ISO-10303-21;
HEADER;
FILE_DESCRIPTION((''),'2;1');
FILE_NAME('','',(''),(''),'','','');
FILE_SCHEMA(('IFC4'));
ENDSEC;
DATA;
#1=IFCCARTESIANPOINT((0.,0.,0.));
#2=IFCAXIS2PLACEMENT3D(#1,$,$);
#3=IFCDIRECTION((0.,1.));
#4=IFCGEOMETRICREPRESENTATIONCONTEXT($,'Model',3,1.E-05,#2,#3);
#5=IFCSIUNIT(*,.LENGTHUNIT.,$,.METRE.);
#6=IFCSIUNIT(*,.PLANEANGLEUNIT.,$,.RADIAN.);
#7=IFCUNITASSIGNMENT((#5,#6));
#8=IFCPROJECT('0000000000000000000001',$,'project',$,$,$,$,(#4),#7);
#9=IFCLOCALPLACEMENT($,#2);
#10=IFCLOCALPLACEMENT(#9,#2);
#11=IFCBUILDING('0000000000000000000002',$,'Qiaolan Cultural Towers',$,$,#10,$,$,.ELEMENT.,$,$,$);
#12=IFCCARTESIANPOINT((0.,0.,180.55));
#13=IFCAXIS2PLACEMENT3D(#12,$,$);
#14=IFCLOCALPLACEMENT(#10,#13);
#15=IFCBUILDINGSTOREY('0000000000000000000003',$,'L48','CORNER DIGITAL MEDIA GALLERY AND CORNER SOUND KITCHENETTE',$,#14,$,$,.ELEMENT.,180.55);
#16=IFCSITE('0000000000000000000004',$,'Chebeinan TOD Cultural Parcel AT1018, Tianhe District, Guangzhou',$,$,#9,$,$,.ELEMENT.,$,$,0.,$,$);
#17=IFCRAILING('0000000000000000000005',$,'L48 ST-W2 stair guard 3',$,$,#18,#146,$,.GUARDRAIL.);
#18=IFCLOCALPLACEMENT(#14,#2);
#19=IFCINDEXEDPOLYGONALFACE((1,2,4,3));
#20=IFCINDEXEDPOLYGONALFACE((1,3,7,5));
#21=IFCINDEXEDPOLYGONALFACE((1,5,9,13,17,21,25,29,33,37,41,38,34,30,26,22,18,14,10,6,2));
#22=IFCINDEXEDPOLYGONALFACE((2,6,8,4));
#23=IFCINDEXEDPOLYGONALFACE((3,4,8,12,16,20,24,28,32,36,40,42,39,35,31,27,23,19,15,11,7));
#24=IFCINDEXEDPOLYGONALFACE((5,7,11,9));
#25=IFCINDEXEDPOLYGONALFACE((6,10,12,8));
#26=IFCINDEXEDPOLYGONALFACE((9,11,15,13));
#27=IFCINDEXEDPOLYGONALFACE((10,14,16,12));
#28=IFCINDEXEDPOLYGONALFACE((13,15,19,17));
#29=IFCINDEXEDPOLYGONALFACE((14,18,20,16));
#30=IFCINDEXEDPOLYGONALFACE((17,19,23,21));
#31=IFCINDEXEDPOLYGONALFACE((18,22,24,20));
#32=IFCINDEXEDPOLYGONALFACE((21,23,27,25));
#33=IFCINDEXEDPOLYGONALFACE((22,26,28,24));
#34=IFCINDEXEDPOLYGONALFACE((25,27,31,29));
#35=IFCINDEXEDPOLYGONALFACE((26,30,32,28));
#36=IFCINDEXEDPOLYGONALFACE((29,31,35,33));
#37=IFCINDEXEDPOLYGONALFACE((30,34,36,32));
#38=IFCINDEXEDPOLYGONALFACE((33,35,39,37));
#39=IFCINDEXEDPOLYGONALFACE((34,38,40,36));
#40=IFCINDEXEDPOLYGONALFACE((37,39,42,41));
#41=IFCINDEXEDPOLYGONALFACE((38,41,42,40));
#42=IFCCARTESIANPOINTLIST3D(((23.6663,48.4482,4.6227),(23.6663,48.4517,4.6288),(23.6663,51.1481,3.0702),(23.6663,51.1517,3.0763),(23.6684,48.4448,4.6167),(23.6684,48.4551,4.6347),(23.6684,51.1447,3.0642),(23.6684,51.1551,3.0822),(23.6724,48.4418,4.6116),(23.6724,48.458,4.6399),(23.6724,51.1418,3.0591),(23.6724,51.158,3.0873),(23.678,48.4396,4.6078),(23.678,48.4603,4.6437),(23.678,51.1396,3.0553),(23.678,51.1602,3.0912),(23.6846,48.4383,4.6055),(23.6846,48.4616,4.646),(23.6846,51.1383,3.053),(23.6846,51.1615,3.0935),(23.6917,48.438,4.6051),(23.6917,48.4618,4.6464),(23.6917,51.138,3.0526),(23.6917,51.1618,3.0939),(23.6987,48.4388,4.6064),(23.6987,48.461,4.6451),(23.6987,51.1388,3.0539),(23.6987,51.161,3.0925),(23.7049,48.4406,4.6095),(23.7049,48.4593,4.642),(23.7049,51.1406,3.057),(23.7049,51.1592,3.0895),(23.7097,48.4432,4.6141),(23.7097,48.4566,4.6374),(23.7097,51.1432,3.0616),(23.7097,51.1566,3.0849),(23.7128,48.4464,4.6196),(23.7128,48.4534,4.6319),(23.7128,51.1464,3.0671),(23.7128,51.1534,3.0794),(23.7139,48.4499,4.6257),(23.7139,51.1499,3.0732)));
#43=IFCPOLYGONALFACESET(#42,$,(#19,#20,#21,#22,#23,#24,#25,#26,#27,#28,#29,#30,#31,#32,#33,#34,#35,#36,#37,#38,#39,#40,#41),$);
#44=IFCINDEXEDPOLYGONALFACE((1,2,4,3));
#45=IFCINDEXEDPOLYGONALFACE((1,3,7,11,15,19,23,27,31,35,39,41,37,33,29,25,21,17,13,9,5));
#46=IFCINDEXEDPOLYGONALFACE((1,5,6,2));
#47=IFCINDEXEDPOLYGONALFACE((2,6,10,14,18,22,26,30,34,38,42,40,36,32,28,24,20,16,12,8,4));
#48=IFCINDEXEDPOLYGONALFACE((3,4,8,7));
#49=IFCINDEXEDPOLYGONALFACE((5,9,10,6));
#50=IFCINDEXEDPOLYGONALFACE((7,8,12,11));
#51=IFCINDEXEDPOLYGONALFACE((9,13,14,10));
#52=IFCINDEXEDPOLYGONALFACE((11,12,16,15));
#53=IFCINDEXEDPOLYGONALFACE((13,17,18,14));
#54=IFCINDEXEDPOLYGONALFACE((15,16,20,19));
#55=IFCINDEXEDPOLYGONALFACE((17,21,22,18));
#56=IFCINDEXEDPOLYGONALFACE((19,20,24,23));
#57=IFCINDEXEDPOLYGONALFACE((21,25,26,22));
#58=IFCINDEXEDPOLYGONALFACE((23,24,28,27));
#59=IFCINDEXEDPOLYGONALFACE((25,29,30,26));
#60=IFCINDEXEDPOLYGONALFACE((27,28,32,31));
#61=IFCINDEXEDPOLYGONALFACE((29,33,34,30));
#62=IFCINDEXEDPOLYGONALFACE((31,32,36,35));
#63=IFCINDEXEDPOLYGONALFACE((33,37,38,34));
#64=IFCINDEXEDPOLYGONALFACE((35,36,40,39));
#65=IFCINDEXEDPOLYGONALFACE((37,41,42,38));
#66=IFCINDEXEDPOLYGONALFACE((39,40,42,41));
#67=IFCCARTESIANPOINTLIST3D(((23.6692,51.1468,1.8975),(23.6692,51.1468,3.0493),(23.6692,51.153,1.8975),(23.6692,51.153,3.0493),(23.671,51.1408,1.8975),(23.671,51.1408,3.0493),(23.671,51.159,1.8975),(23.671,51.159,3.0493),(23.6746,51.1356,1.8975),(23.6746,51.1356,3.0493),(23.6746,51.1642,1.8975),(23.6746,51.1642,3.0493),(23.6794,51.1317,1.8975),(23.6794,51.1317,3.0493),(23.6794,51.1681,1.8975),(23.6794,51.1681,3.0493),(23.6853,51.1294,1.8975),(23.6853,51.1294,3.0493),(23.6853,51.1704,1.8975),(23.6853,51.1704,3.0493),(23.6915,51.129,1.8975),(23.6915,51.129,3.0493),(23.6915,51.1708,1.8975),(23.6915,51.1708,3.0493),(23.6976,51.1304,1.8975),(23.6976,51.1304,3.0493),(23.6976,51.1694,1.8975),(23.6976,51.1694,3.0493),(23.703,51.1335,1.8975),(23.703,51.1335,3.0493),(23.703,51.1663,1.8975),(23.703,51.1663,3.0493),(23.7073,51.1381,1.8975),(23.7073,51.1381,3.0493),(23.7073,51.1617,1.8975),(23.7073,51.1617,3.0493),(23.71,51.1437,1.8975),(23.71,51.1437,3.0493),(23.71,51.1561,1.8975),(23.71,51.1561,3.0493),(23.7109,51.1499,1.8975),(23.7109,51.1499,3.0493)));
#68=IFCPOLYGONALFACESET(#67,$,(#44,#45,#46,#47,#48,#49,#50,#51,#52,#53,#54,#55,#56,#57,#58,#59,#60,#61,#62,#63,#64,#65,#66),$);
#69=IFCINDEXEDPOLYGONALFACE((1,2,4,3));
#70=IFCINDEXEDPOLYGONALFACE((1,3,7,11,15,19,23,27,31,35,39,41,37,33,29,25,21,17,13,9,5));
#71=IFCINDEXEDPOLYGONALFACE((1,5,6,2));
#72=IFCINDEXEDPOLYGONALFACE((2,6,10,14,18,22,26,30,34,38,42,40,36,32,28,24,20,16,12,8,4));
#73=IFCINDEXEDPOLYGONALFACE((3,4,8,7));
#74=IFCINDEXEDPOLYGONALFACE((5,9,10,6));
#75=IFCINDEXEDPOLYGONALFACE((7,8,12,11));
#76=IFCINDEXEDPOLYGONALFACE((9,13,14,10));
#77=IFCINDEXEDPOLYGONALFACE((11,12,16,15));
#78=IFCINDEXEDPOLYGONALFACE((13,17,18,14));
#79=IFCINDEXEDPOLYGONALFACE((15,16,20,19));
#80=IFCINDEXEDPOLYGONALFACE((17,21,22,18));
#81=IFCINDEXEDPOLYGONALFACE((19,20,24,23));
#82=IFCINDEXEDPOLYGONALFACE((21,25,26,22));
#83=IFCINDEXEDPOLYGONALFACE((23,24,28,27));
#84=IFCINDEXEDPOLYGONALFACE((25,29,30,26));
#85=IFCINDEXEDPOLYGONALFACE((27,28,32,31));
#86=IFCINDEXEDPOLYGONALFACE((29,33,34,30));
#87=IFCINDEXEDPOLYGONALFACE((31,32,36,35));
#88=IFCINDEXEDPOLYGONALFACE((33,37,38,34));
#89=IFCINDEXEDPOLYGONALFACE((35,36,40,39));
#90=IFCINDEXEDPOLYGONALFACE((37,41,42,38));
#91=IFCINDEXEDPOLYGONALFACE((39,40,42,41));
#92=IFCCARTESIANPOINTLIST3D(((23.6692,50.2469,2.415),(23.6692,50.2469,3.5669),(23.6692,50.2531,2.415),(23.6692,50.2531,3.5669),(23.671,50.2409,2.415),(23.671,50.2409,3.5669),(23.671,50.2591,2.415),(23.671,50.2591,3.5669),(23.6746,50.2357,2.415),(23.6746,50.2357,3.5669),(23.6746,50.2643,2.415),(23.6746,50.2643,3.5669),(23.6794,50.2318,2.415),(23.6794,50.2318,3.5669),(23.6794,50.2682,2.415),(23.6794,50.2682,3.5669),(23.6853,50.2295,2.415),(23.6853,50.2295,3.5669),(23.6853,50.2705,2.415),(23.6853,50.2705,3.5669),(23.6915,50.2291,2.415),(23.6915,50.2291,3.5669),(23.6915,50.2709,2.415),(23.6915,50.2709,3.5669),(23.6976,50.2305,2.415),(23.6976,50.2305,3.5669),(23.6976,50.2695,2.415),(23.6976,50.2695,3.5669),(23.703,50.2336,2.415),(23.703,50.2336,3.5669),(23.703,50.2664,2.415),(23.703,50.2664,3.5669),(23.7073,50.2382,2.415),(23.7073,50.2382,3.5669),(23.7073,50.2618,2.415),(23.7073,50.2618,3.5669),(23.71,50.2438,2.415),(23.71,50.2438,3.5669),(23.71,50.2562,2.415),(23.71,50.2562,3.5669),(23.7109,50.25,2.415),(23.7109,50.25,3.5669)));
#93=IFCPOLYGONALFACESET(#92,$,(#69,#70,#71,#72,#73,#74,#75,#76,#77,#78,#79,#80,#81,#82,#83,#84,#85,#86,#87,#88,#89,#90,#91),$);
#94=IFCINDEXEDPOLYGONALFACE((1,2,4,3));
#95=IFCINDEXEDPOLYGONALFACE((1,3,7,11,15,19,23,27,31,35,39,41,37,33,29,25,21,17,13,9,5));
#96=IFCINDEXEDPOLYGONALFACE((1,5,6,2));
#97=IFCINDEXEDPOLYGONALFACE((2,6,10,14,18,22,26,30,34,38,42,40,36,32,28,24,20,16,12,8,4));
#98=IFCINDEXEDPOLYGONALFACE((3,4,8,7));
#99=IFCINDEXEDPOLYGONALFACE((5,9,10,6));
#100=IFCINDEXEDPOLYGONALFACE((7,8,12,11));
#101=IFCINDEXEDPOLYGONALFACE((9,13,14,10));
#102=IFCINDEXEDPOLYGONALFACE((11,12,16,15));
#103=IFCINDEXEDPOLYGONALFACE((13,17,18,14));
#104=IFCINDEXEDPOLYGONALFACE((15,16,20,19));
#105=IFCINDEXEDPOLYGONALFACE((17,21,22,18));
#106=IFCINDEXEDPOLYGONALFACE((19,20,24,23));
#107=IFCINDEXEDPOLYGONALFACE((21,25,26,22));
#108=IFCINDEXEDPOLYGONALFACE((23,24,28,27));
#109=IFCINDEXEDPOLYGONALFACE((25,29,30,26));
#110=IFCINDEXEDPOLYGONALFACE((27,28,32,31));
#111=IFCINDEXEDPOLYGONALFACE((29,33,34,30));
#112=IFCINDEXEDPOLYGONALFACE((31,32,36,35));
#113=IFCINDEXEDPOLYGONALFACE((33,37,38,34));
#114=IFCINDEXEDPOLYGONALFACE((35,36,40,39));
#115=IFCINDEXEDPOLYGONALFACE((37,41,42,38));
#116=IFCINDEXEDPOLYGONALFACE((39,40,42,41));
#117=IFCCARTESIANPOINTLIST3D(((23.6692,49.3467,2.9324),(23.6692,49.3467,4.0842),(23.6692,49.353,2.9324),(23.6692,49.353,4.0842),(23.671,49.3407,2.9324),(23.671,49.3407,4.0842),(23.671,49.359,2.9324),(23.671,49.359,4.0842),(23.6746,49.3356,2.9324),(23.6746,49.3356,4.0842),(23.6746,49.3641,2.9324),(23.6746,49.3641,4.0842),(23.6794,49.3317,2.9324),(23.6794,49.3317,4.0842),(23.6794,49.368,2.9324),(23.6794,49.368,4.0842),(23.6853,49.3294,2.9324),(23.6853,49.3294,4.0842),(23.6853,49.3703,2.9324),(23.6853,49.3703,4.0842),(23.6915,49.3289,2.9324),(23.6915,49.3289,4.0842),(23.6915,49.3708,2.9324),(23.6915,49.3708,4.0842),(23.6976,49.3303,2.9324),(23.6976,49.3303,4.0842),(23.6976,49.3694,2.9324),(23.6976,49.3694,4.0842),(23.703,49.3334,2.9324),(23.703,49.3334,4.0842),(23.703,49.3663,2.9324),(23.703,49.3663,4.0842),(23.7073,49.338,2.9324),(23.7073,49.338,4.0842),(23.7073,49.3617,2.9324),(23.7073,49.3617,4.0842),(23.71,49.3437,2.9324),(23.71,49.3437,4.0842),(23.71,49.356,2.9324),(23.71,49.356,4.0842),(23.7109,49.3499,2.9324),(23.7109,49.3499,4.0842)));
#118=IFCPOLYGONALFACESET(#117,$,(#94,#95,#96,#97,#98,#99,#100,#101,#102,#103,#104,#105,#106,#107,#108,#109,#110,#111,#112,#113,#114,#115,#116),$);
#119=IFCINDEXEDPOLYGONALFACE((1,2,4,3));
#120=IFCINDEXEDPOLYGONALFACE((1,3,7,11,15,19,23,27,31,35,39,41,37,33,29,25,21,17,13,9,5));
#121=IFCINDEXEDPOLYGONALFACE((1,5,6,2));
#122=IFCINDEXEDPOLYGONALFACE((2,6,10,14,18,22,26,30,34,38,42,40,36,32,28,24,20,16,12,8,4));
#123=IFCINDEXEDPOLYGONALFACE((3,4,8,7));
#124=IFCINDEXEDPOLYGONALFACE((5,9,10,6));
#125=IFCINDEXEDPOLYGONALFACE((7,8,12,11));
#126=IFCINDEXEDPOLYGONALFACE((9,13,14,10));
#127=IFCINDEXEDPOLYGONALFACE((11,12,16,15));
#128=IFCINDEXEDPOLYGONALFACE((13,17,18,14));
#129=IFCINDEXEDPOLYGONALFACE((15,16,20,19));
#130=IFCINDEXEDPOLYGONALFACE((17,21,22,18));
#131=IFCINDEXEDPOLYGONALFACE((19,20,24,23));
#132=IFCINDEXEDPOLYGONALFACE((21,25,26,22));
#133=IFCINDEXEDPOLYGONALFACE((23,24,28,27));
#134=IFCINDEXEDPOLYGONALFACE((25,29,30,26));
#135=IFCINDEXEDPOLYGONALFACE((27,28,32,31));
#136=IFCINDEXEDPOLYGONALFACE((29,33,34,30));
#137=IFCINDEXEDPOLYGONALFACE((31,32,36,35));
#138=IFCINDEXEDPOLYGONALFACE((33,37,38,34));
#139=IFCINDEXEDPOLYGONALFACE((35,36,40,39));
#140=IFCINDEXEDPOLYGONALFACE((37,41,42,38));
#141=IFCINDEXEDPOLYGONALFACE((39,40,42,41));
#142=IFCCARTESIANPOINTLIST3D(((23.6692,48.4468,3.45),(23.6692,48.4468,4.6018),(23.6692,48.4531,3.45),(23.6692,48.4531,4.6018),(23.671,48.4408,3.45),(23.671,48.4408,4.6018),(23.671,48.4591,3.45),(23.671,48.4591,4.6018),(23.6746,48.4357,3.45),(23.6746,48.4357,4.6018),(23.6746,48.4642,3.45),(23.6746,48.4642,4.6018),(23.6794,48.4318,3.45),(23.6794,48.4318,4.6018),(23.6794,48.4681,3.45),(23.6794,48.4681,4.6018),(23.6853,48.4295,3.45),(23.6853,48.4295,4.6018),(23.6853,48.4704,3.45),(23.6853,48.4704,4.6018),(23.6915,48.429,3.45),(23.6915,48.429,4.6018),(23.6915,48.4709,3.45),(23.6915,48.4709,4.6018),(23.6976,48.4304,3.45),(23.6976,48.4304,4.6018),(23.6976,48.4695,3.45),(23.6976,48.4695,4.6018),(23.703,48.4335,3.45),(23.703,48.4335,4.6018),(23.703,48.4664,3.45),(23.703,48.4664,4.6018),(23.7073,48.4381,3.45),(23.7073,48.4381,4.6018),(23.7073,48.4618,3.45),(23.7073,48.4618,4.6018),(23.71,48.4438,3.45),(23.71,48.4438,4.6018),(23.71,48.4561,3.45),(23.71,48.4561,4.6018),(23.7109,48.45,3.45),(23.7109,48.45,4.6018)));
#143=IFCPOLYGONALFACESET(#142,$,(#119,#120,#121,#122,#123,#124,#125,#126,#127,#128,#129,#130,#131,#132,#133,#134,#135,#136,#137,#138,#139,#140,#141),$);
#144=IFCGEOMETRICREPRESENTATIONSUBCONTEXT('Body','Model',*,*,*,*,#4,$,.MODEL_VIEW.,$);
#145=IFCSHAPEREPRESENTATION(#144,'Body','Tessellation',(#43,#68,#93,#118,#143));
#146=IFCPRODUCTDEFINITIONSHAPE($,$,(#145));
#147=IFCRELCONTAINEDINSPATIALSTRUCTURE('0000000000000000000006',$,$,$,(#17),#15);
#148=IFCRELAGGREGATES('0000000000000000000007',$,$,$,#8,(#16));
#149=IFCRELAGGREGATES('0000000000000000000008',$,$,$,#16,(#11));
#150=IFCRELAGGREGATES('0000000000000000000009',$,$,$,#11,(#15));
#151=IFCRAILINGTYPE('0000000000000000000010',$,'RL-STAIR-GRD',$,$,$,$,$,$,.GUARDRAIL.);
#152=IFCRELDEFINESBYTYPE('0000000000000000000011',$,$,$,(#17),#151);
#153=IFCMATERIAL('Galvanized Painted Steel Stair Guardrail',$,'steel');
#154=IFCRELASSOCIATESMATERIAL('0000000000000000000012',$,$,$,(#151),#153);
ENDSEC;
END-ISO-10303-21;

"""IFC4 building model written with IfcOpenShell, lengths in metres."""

from ifc_helpers import new_model, si_unit, direction, frame, origin, origin_2d, place, context, subcontext, project, spatial, circle, extrude, material, type_object, element, save


model = new_model("IFC4")

# Units and contexts
model_context = context("Model", 3, precision=1e-05, world=origin(), true_north=direction((0.0, 1.0)))
body_context = subcontext(model_context, "Body", "Model", "MODEL_VIEW")
ifc_project = project(units=[si_unit("LENGTHUNIT", "METRE"), si_unit("PLANEANGLEUNIT", "RADIAN")], contexts=[model_context])

# Site, building, storey
site_placement = place(None, origin())
site = spatial("IfcSite", under=ifc_project, at=site_placement, Name="Chebeinan TOD Cultural Parcel AT1018, Tianhe District, Guangzhou", CompositionType="ELEMENT", RefElevation=0.0)
building_placement = place(site_placement, origin())
building = spatial("IfcBuilding", under=site, at=building_placement, Name="Qiaolan Cultural Towers", CompositionType="ELEMENT")
storey_placement = place(building_placement, frame((0.0, 0.0, 180.55)))
storey = spatial("IfcBuildingStorey", under=building, at=storey_placement, Name="L48", Description="CORNER DIGITAL MEDIA GALLERY AND CORNER SOUND KITCHENETTE", CompositionType="ELEMENT", Elevation=180.55)

# Railing
ifc_material_1 = material(Name="Galvanized Painted Steel Stair Guardrail", Category="steel")
railing_type_1 = type_object("IfcRailingType", Name="RL-STAIR-GRD", PredefinedType="GUARDRAIL", material=ifc_material_1)
railing_1_placement = place(storey_placement, frame((23.6899, 51.1499, 1.8975)))
element("IfcRailing", 1, at=railing_1_placement, inside=storey, type_object=railing_type_1, Name="L48 ST-W2 stair guard 3", PredefinedType="GUARDRAIL", context=body_context, shape_type="SweptSolid", body=[
    extrude(circle(Radius=0.0239, at=origin_2d()), frame((0.0, 0.0, 1.1758), z_axis=(0.0, -0.866904, 0.498476), x_axis=(1.0, 0.0, 0.0)), (0.0, 0.0, 1.0), 3.1145),
    extrude(circle(Radius=0.021, at=origin_2d()), origin(), (0.0, 0.0, 1.0), 1.1519),
    extrude(circle(Radius=0.021, at=origin_2d()), frame((0.0, -0.8999, 0.5176)), (0.0, 0.0, 1.0), 1.1519),
    extrude(circle(Radius=0.021, at=origin_2d()), frame((0.0, -1.8, 1.0349)), (0.0, 0.0, 1.0), 1.1519),
    extrude(circle(Radius=0.021, at=origin_2d()), frame((0.0, -2.7, 1.5525)), (0.0, 0.0, 1.0), 1.1519),
])

save(model, "model.ifc")
